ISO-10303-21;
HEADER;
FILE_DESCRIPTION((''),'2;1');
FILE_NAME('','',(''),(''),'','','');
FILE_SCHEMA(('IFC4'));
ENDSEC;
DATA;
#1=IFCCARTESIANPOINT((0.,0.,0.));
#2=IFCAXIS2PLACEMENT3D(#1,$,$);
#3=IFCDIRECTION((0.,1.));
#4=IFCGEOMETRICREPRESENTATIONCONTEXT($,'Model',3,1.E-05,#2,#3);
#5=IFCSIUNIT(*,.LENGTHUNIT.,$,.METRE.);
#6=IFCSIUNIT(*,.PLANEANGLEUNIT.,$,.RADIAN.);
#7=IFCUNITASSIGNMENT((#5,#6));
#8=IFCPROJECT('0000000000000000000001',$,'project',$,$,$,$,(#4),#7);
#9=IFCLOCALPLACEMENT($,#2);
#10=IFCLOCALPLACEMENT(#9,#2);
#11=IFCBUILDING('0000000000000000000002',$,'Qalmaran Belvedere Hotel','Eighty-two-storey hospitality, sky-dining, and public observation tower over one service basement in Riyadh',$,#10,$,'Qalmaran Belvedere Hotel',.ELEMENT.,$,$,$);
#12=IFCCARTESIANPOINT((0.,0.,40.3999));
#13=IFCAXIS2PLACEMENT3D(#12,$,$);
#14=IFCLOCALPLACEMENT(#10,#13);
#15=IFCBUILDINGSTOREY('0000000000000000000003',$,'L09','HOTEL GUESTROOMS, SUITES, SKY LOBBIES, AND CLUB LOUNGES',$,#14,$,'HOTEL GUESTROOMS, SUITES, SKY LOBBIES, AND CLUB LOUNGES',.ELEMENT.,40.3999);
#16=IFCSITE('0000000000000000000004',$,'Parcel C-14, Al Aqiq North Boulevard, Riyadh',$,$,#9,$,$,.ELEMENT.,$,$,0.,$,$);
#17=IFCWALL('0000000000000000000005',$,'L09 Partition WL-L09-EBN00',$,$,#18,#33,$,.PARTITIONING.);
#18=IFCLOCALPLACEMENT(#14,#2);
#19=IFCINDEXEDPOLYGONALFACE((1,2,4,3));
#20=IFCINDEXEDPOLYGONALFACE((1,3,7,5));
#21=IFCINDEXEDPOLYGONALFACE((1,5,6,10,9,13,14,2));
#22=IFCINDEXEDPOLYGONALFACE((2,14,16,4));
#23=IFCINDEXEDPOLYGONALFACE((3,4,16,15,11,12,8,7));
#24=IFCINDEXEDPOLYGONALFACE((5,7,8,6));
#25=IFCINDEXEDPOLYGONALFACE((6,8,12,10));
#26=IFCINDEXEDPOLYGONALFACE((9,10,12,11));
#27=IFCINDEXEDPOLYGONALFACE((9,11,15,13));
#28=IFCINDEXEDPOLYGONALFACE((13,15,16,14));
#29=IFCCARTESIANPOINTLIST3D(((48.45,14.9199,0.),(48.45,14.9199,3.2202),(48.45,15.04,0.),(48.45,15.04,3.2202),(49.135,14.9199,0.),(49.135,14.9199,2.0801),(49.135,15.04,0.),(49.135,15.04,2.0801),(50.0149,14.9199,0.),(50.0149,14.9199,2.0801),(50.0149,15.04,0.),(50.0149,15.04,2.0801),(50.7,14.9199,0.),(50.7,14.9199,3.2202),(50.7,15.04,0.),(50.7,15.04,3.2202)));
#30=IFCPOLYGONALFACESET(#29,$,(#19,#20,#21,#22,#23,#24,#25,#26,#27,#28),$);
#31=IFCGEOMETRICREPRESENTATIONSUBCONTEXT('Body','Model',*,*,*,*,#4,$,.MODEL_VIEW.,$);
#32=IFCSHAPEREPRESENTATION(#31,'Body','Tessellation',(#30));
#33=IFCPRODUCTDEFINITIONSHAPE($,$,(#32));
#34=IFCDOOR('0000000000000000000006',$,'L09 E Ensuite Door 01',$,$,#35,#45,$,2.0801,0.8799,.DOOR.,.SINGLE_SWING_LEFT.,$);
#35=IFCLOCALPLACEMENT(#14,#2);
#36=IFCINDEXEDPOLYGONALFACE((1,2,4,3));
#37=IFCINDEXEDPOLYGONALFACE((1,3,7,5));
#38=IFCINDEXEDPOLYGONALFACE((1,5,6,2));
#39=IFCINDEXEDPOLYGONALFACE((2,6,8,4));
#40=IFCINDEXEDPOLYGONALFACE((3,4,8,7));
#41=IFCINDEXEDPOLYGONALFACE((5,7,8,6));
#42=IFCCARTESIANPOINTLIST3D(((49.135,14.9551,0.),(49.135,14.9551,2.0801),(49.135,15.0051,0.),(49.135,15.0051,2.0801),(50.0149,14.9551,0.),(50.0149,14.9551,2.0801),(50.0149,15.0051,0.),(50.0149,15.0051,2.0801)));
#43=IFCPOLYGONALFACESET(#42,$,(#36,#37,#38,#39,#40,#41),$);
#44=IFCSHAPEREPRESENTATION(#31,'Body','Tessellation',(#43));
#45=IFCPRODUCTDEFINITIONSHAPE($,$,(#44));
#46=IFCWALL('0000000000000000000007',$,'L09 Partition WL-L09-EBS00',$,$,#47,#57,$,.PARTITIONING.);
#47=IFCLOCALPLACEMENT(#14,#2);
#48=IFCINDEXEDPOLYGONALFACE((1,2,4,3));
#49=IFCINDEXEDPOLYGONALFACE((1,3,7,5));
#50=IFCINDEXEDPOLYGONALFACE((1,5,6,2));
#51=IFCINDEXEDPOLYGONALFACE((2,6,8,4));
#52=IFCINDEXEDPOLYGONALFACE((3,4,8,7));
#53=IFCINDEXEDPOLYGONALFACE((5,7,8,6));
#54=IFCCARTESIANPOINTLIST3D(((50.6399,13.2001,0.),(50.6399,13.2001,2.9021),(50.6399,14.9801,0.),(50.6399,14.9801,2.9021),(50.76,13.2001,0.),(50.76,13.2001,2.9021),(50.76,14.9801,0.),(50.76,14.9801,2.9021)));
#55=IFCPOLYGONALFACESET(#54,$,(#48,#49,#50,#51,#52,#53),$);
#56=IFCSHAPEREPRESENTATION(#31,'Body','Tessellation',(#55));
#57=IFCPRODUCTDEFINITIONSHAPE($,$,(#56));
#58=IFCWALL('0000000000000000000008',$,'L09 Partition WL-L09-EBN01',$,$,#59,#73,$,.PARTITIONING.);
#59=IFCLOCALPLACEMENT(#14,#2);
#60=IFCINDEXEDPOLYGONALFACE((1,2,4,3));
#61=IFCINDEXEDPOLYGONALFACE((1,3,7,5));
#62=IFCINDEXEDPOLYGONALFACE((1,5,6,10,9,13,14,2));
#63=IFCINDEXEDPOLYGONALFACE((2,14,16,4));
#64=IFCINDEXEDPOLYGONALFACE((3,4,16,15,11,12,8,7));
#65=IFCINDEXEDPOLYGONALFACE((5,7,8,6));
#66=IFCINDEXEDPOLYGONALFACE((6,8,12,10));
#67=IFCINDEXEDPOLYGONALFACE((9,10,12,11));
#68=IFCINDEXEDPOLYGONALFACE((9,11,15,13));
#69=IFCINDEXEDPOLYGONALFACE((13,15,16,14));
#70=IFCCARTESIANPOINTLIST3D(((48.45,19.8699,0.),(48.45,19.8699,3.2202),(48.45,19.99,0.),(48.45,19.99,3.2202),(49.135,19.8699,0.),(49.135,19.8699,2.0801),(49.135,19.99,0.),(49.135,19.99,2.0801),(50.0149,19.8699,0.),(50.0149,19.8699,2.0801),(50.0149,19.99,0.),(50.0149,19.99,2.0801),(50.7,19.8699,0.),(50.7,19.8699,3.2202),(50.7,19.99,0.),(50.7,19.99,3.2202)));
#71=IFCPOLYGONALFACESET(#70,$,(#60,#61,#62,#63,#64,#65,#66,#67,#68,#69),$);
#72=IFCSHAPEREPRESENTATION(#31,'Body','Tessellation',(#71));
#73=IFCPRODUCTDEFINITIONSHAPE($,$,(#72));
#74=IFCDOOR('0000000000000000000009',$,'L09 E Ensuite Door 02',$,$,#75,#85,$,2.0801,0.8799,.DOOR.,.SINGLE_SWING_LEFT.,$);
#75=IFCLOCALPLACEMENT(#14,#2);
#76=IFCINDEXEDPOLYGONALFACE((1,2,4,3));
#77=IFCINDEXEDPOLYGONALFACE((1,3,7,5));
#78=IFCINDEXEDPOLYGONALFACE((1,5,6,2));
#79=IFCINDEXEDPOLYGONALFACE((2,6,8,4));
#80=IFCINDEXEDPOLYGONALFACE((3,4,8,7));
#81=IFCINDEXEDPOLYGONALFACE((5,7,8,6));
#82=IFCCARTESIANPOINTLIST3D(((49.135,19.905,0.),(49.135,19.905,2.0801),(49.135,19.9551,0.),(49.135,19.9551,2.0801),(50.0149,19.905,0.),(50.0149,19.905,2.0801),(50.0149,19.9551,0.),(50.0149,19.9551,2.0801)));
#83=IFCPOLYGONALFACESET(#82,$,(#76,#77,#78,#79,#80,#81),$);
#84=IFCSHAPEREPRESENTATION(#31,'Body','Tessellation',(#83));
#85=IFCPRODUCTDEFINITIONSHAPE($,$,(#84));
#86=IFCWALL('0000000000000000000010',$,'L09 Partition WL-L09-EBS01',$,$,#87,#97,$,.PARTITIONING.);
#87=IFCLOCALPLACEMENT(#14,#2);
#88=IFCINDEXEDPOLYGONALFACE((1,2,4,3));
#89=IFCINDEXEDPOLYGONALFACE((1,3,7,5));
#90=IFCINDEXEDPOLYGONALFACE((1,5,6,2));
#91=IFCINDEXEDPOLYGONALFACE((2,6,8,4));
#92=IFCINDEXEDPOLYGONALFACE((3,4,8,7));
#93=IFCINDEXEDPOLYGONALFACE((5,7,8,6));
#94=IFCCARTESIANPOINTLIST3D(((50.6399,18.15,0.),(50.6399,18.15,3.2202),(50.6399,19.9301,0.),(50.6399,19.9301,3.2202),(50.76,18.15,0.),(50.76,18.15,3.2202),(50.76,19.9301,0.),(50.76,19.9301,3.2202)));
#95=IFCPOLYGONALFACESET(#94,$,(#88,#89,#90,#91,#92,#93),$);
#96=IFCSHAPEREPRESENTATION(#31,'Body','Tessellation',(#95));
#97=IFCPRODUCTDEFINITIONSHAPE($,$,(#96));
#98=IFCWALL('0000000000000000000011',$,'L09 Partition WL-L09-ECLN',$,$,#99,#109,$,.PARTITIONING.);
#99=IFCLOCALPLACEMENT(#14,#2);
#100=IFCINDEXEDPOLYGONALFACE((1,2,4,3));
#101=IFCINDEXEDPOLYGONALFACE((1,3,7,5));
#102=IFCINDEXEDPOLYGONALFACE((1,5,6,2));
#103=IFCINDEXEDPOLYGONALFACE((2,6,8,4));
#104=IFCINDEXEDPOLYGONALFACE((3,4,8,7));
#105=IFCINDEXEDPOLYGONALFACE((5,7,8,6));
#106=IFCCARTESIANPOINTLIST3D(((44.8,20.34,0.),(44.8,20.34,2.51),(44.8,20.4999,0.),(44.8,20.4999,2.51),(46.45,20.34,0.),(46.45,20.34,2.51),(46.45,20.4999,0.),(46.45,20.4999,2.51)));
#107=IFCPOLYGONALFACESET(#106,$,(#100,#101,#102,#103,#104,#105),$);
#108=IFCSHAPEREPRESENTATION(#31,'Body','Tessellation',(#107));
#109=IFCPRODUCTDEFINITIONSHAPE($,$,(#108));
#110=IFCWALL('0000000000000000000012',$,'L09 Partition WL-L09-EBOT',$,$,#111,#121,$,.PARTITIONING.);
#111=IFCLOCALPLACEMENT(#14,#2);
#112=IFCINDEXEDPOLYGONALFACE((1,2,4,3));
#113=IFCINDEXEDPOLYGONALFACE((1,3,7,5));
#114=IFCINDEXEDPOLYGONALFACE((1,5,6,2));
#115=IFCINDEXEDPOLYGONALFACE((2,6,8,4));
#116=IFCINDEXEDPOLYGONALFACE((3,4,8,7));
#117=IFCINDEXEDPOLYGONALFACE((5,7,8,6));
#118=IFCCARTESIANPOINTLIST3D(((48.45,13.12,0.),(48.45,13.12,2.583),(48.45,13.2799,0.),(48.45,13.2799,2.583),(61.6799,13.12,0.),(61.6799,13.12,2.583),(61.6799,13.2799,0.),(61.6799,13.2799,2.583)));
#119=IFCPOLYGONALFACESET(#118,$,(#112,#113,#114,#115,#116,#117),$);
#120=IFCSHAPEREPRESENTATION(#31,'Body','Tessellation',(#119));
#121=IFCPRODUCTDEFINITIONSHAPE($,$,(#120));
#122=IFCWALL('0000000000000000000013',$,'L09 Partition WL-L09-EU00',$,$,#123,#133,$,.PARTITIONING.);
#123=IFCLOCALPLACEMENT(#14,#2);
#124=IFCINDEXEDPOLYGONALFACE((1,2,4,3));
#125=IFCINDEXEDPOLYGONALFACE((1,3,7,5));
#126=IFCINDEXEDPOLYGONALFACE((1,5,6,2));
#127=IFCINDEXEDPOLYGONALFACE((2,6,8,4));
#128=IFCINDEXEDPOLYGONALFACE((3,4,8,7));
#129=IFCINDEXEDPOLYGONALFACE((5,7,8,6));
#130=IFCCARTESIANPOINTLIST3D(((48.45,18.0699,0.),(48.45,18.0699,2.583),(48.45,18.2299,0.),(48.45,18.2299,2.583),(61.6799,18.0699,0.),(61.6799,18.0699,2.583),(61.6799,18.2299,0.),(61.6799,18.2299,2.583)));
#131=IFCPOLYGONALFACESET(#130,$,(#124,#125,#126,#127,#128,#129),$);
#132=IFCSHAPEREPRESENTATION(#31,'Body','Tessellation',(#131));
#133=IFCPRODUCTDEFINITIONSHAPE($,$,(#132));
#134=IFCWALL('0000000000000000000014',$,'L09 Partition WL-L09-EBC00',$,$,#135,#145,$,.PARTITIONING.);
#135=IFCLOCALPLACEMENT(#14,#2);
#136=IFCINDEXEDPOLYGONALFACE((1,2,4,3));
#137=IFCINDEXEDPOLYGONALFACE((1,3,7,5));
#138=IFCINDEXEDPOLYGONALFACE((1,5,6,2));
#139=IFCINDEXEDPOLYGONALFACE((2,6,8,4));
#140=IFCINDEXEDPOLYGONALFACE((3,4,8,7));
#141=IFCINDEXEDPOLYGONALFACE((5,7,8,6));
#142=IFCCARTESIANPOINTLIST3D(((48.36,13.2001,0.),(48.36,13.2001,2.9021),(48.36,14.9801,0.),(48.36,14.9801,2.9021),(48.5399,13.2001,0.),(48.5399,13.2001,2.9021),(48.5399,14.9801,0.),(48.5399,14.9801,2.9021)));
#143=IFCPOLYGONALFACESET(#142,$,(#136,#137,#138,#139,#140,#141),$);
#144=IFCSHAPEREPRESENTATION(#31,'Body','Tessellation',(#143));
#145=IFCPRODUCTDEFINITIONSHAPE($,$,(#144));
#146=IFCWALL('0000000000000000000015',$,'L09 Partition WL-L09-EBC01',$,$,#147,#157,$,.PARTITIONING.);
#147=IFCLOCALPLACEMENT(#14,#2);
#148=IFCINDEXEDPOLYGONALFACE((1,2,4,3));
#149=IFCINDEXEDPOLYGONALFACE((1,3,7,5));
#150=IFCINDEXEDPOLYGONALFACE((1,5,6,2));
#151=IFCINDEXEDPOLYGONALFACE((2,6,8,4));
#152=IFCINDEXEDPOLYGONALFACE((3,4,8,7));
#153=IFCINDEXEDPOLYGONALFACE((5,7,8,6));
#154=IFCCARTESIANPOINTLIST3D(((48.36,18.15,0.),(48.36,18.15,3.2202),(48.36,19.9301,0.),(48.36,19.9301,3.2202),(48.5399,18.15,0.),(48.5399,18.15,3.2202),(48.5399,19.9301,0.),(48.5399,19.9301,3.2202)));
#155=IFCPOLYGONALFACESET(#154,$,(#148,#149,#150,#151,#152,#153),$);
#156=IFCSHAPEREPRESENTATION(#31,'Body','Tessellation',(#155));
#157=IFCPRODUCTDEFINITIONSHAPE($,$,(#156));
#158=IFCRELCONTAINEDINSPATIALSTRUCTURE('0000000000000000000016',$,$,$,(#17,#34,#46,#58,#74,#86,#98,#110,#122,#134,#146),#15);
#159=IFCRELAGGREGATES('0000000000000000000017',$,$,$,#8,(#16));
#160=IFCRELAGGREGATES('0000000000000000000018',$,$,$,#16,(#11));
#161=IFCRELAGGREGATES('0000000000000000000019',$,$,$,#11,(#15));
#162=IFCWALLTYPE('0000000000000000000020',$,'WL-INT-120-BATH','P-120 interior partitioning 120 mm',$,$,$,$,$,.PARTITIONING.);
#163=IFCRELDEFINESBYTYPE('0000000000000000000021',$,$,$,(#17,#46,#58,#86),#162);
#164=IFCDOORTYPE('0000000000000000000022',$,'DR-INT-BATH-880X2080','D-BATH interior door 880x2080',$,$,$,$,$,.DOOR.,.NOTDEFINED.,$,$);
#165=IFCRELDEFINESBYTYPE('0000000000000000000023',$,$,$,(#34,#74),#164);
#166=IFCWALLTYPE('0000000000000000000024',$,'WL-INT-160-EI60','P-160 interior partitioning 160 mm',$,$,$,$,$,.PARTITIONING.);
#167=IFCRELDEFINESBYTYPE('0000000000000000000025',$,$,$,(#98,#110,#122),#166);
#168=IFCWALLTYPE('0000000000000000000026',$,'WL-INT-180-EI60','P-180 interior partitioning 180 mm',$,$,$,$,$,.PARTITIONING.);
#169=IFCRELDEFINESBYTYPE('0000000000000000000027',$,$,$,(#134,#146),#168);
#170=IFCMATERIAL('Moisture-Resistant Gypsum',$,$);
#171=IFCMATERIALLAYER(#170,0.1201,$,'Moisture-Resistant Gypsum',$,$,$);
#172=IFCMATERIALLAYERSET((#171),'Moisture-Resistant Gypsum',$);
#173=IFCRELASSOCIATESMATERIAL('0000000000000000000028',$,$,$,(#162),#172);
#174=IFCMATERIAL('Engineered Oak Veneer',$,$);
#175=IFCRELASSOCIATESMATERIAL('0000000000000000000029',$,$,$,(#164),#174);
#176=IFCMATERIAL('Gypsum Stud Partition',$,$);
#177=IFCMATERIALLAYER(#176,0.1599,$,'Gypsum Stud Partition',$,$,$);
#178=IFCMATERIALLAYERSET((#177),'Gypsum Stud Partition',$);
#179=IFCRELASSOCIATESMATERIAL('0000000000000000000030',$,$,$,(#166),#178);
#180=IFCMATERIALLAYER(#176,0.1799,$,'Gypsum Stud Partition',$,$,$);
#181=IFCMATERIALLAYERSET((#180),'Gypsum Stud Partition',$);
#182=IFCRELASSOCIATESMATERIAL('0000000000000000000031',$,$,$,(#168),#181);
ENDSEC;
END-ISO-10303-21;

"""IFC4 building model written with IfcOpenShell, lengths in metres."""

from ifc_helpers import new_model, si_unit, direction, frame, frame_2d, origin, place, context, subcontext, project, spatial, rectangle, extrude, material, layer, layer_set, type_object, element, fill, save


model = new_model("IFC4")

# Units and contexts
model_context = context("Model", 3, precision=1e-05, world=origin(), true_north=direction((0.0, 1.0)))
body_context = subcontext(model_context, "Body", "Model", "MODEL_VIEW")
ifc_project = project(units=[si_unit("LENGTHUNIT", "METRE"), si_unit("PLANEANGLEUNIT", "RADIAN")], contexts=[model_context])

# Site, building, storey
site_placement = place(None, origin())
site = spatial("IfcSite", under=ifc_project, at=site_placement, Name="Parcel C-14, Al Aqiq North Boulevard, Riyadh", CompositionType="ELEMENT", RefElevation=0.0)
building_placement = place(site_placement, origin())
building = spatial("IfcBuilding", under=site, at=building_placement, Name="Qalmaran Belvedere Hotel", Description="Eighty-two-storey hospitality, sky-dining, and public observation tower over one service basement in Riyadh", LongName="Qalmaran Belvedere Hotel", CompositionType="ELEMENT")
storey_placement = place(building_placement, frame((0.0, 0.0, 40.3999)))
storey = spatial("IfcBuildingStorey", under=building, at=storey_placement, Name="L09", Description="HOTEL GUESTROOMS, SUITES, SKY LOBBIES, AND CLUB LOUNGES", LongName="HOTEL GUESTROOMS, SUITES, SKY LOBBIES, AND CLUB LOUNGES", CompositionType="ELEMENT", Elevation=40.3999)

# Wall, opening, door
ifc_material_1 = material(Name="Moisture-Resistant Gypsum")
ifc_layer_1 = layer(ifc_material_1, 0.1201, Name="Moisture-Resistant Gypsum")
ifc_layer_set_1 = layer_set([ifc_layer_1], Name="Moisture-Resistant Gypsum")
wall_type_1 = type_object("IfcWallType", Name="WL-INT-120-BATH", Description="P-120 interior partitioning 120 mm", PredefinedType="PARTITIONING", material=ifc_layer_set_1)
wall_1_placement = place(storey_placement, frame((48.45, 14.98, 0.0), z_axis=(0.0, 0.0, 1.0), x_axis=(1.0, 0.0, 0.0)))
wall_1 = element("IfcWall", 1, at=wall_1_placement, inside=storey, type_object=wall_type_1, Name="L09 Partition WL-L09-EBN00", PredefinedType="PARTITIONING", context=body_context, shape_type="SweptSolid", body=[
    extrude(rectangle(XDim=2.25, YDim=0.1201, at=frame_2d((1.125, 0.0))), origin(), (0.0, 0.0, 1.0), 3.2202),
])
opening_1_placement = place(wall_1_placement, frame((1.5649, 0.0, 0.0), z_axis=(0.0, 0.0, 1.0), x_axis=(-1.0, 0.0, 0.0)))
opening_1 = element("IfcOpeningElement", 2, at=opening_1_placement, cuts=wall_1, PredefinedType="OPENING", context=body_context, shape_type="SweptSolid", body=[
    extrude(rectangle(XDim=0.8799, YDim=2.0801, at=frame_2d((0.4399, 1.04))), frame((0.0, 0.0701, 0.0), z_axis=(0.0, -1.0, 0.0), x_axis=(1.0, 0.0, 0.0)), (0.0, 0.0, 1.0), 0.1401),
])
ifc_material_2 = material(Name="Engineered Oak Veneer")
door_type_1 = type_object("IfcDoorType", Name="DR-INT-BATH-880X2080", Description="D-BATH interior door 880x2080", OperationType="NOTDEFINED", PredefinedType="DOOR", material=ifc_material_2)
door_1_placement = place(opening_1_placement, origin())
door_1 = element("IfcDoor", 3, at=door_1_placement, inside=storey, type_object=door_type_1, Name="L09 E Ensuite Door 01", OperationType="SINGLE_SWING_LEFT", OverallHeight=2.0801, OverallWidth=0.8799, PredefinedType="DOOR", context=body_context, shape_type="SweptSolid", body=[
    extrude(rectangle(XDim=0.8799, YDim=2.0801, at=frame_2d((0.4399, 1.04))), frame((0.0, 0.0249, 0.0), z_axis=(0.0, -1.0, 0.0), x_axis=(1.0, 0.0, 0.0)), (0.0, 0.0, 1.0), 0.05),
])
fill(opening_1, door_1)

# Wall
wall_2_placement = place(storey_placement, frame((50.7, 13.2, 0.0), z_axis=(0.0, 0.0, 1.0), x_axis=(0.0, 1.0, 0.0)))
element("IfcWall", 4, at=wall_2_placement, inside=storey, type_object=wall_type_1, Name="L09 Partition WL-L09-EBS00", PredefinedType="PARTITIONING", context=body_context, shape_type="SweptSolid", body=[
    extrude(rectangle(XDim=1.78, YDim=0.1201, at=frame_2d((0.8901, 0.0))), origin(), (0.0, 0.0, 1.0), 2.9021),
])

# Wall, opening, door
wall_3_placement = place(storey_placement, frame((48.45, 19.9299, 0.0), z_axis=(0.0, 0.0, 1.0), x_axis=(1.0, 0.0, 0.0)))
wall_3 = element("IfcWall", 5, at=wall_3_placement, inside=storey, type_object=wall_type_1, Name="L09 Partition WL-L09-EBN01", PredefinedType="PARTITIONING", context=body_context, shape_type="SweptSolid", body=[
    extrude(rectangle(XDim=2.25, YDim=0.1201, at=frame_2d((1.125, 0.0))), origin(), (0.0, 0.0, 1.0), 3.2202),
])
opening_2_placement = place(wall_3_placement, frame((1.5649, 0.0, 0.0), z_axis=(0.0, 0.0, 1.0), x_axis=(-1.0, 0.0, 0.0)))
opening_2 = element("IfcOpeningElement", 6, at=opening_2_placement, cuts=wall_3, PredefinedType="OPENING", context=body_context, shape_type="SweptSolid", body=[
    extrude(rectangle(XDim=0.8799, YDim=2.0801, at=frame_2d((0.4399, 1.04))), frame((0.0, 0.0701, 0.0), z_axis=(0.0, -1.0, 0.0), x_axis=(1.0, 0.0, 0.0)), (0.0, 0.0, 1.0), 0.1401),
])
door_2_placement = place(opening_2_placement, origin())
door_2 = element("IfcDoor", 7, at=door_2_placement, inside=storey, type_object=door_type_1, Name="L09 E Ensuite Door 02", OperationType="SINGLE_SWING_LEFT", OverallHeight=2.0801, OverallWidth=0.8799, PredefinedType="DOOR", context=body_context, shape_type="SweptSolid", body=[
    extrude(rectangle(XDim=0.8799, YDim=2.0801, at=frame_2d((0.4399, 1.04))), frame((0.0, 0.0249, 0.0), z_axis=(0.0, -1.0, 0.0), x_axis=(1.0, 0.0, 0.0)), (0.0, 0.0, 1.0), 0.05),
])
fill(opening_2, door_2)

# Walls
wall_4_placement = place(storey_placement, frame((50.7, 18.1499, 0.0), z_axis=(0.0, 0.0, 1.0), x_axis=(0.0, 1.0, 0.0)))
element("IfcWall", 8, at=wall_4_placement, inside=storey, type_object=wall_type_1, Name="L09 Partition WL-L09-EBS01", PredefinedType="PARTITIONING", context=body_context, shape_type="SweptSolid", body=[
    extrude(rectangle(XDim=1.78, YDim=0.1201, at=frame_2d((0.8901, 0.0))), origin(), (0.0, 0.0, 1.0), 3.2202),
])
ifc_material_3 = material(Name="Gypsum Stud Partition")
ifc_layer_2 = layer(ifc_material_3, 0.1599, Name="Gypsum Stud Partition")
ifc_layer_set_2 = layer_set([ifc_layer_2], Name="Gypsum Stud Partition")
wall_type_2 = type_object("IfcWallType", Name="WL-INT-160-EI60", Description="P-160 interior partitioning 160 mm", PredefinedType="PARTITIONING", material=ifc_layer_set_2)
wall_5_placement = place(storey_placement, frame((44.8, 20.4199, 0.0), z_axis=(0.0, 0.0, 1.0), x_axis=(1.0, 0.0, 0.0)))
element("IfcWall", 9, at=wall_5_placement, inside=storey, type_object=wall_type_2, Name="L09 Partition WL-L09-ECLN", PredefinedType="PARTITIONING", context=body_context, shape_type="SweptSolid", body=[
    extrude(rectangle(XDim=1.6499, YDim=0.1599, at=frame_2d((0.825, 0.0))), origin(), (0.0, 0.0, 1.0), 2.51),
])
for number, where, z_axis, x_axis, name in (
    (10, (48.45, 13.2, 0.0), (0.0, 0.0, 1.0), (1.0, 0.0, 0.0), "L09 Partition WL-L09-EBOT"),
    (11, (48.45, 18.1499, 0.0), (0.0, 0.0, 1.0), (1.0, 0.0, 0.0), "L09 Partition WL-L09-EU00"),
):
    element("IfcWall", number, at=place(storey_placement, frame(where, z_axis=z_axis, x_axis=x_axis)), inside=storey, type_object=wall_type_2, Name=name, PredefinedType="PARTITIONING", context=body_context, shape_type="SweptSolid", body=[
        extrude(rectangle(XDim=13.23, YDim=0.1599, at=frame_2d((6.615, 0.0))), origin(), (0.0, 0.0, 1.0), 2.583),
    ])
ifc_layer_3 = layer(ifc_material_3, 0.1799, Name="Gypsum Stud Partition")
ifc_layer_set_3 = layer_set([ifc_layer_3], Name="Gypsum Stud Partition")
wall_type_3 = type_object("IfcWallType", Name="WL-INT-180-EI60", Description="P-180 interior partitioning 180 mm", PredefinedType="PARTITIONING", material=ifc_layer_set_3)
wall_6_placement = place(storey_placement, frame((48.45, 13.2, 0.0), z_axis=(0.0, 0.0, 1.0), x_axis=(0.0, 1.0, 0.0)))
element("IfcWall", 12, at=wall_6_placement, inside=storey, type_object=wall_type_3, Name="L09 Partition WL-L09-EBC00", PredefinedType="PARTITIONING", context=body_context, shape_type="SweptSolid", body=[
    extrude(rectangle(XDim=1.78, YDim=0.1799, at=frame_2d((0.8901, 0.0))), origin(), (0.0, 0.0, 1.0), 2.9021),
])

# Wall
wall_7_placement = place(storey_placement, frame((48.45, 18.1499, 0.0), z_axis=(0.0, 0.0, 1.0), x_axis=(0.0, 1.0, 0.0)))
element("IfcWall", 13, at=wall_7_placement, inside=storey, type_object=wall_type_3, Name="L09 Partition WL-L09-EBC01", PredefinedType="PARTITIONING", context=body_context, shape_type="SweptSolid", body=[
    extrude(rectangle(XDim=1.78, YDim=0.1799, at=frame_2d((0.8901, 0.0))), origin(), (0.0, 0.0, 1.0), 3.2202),
])

save(model, "model.ifc")
